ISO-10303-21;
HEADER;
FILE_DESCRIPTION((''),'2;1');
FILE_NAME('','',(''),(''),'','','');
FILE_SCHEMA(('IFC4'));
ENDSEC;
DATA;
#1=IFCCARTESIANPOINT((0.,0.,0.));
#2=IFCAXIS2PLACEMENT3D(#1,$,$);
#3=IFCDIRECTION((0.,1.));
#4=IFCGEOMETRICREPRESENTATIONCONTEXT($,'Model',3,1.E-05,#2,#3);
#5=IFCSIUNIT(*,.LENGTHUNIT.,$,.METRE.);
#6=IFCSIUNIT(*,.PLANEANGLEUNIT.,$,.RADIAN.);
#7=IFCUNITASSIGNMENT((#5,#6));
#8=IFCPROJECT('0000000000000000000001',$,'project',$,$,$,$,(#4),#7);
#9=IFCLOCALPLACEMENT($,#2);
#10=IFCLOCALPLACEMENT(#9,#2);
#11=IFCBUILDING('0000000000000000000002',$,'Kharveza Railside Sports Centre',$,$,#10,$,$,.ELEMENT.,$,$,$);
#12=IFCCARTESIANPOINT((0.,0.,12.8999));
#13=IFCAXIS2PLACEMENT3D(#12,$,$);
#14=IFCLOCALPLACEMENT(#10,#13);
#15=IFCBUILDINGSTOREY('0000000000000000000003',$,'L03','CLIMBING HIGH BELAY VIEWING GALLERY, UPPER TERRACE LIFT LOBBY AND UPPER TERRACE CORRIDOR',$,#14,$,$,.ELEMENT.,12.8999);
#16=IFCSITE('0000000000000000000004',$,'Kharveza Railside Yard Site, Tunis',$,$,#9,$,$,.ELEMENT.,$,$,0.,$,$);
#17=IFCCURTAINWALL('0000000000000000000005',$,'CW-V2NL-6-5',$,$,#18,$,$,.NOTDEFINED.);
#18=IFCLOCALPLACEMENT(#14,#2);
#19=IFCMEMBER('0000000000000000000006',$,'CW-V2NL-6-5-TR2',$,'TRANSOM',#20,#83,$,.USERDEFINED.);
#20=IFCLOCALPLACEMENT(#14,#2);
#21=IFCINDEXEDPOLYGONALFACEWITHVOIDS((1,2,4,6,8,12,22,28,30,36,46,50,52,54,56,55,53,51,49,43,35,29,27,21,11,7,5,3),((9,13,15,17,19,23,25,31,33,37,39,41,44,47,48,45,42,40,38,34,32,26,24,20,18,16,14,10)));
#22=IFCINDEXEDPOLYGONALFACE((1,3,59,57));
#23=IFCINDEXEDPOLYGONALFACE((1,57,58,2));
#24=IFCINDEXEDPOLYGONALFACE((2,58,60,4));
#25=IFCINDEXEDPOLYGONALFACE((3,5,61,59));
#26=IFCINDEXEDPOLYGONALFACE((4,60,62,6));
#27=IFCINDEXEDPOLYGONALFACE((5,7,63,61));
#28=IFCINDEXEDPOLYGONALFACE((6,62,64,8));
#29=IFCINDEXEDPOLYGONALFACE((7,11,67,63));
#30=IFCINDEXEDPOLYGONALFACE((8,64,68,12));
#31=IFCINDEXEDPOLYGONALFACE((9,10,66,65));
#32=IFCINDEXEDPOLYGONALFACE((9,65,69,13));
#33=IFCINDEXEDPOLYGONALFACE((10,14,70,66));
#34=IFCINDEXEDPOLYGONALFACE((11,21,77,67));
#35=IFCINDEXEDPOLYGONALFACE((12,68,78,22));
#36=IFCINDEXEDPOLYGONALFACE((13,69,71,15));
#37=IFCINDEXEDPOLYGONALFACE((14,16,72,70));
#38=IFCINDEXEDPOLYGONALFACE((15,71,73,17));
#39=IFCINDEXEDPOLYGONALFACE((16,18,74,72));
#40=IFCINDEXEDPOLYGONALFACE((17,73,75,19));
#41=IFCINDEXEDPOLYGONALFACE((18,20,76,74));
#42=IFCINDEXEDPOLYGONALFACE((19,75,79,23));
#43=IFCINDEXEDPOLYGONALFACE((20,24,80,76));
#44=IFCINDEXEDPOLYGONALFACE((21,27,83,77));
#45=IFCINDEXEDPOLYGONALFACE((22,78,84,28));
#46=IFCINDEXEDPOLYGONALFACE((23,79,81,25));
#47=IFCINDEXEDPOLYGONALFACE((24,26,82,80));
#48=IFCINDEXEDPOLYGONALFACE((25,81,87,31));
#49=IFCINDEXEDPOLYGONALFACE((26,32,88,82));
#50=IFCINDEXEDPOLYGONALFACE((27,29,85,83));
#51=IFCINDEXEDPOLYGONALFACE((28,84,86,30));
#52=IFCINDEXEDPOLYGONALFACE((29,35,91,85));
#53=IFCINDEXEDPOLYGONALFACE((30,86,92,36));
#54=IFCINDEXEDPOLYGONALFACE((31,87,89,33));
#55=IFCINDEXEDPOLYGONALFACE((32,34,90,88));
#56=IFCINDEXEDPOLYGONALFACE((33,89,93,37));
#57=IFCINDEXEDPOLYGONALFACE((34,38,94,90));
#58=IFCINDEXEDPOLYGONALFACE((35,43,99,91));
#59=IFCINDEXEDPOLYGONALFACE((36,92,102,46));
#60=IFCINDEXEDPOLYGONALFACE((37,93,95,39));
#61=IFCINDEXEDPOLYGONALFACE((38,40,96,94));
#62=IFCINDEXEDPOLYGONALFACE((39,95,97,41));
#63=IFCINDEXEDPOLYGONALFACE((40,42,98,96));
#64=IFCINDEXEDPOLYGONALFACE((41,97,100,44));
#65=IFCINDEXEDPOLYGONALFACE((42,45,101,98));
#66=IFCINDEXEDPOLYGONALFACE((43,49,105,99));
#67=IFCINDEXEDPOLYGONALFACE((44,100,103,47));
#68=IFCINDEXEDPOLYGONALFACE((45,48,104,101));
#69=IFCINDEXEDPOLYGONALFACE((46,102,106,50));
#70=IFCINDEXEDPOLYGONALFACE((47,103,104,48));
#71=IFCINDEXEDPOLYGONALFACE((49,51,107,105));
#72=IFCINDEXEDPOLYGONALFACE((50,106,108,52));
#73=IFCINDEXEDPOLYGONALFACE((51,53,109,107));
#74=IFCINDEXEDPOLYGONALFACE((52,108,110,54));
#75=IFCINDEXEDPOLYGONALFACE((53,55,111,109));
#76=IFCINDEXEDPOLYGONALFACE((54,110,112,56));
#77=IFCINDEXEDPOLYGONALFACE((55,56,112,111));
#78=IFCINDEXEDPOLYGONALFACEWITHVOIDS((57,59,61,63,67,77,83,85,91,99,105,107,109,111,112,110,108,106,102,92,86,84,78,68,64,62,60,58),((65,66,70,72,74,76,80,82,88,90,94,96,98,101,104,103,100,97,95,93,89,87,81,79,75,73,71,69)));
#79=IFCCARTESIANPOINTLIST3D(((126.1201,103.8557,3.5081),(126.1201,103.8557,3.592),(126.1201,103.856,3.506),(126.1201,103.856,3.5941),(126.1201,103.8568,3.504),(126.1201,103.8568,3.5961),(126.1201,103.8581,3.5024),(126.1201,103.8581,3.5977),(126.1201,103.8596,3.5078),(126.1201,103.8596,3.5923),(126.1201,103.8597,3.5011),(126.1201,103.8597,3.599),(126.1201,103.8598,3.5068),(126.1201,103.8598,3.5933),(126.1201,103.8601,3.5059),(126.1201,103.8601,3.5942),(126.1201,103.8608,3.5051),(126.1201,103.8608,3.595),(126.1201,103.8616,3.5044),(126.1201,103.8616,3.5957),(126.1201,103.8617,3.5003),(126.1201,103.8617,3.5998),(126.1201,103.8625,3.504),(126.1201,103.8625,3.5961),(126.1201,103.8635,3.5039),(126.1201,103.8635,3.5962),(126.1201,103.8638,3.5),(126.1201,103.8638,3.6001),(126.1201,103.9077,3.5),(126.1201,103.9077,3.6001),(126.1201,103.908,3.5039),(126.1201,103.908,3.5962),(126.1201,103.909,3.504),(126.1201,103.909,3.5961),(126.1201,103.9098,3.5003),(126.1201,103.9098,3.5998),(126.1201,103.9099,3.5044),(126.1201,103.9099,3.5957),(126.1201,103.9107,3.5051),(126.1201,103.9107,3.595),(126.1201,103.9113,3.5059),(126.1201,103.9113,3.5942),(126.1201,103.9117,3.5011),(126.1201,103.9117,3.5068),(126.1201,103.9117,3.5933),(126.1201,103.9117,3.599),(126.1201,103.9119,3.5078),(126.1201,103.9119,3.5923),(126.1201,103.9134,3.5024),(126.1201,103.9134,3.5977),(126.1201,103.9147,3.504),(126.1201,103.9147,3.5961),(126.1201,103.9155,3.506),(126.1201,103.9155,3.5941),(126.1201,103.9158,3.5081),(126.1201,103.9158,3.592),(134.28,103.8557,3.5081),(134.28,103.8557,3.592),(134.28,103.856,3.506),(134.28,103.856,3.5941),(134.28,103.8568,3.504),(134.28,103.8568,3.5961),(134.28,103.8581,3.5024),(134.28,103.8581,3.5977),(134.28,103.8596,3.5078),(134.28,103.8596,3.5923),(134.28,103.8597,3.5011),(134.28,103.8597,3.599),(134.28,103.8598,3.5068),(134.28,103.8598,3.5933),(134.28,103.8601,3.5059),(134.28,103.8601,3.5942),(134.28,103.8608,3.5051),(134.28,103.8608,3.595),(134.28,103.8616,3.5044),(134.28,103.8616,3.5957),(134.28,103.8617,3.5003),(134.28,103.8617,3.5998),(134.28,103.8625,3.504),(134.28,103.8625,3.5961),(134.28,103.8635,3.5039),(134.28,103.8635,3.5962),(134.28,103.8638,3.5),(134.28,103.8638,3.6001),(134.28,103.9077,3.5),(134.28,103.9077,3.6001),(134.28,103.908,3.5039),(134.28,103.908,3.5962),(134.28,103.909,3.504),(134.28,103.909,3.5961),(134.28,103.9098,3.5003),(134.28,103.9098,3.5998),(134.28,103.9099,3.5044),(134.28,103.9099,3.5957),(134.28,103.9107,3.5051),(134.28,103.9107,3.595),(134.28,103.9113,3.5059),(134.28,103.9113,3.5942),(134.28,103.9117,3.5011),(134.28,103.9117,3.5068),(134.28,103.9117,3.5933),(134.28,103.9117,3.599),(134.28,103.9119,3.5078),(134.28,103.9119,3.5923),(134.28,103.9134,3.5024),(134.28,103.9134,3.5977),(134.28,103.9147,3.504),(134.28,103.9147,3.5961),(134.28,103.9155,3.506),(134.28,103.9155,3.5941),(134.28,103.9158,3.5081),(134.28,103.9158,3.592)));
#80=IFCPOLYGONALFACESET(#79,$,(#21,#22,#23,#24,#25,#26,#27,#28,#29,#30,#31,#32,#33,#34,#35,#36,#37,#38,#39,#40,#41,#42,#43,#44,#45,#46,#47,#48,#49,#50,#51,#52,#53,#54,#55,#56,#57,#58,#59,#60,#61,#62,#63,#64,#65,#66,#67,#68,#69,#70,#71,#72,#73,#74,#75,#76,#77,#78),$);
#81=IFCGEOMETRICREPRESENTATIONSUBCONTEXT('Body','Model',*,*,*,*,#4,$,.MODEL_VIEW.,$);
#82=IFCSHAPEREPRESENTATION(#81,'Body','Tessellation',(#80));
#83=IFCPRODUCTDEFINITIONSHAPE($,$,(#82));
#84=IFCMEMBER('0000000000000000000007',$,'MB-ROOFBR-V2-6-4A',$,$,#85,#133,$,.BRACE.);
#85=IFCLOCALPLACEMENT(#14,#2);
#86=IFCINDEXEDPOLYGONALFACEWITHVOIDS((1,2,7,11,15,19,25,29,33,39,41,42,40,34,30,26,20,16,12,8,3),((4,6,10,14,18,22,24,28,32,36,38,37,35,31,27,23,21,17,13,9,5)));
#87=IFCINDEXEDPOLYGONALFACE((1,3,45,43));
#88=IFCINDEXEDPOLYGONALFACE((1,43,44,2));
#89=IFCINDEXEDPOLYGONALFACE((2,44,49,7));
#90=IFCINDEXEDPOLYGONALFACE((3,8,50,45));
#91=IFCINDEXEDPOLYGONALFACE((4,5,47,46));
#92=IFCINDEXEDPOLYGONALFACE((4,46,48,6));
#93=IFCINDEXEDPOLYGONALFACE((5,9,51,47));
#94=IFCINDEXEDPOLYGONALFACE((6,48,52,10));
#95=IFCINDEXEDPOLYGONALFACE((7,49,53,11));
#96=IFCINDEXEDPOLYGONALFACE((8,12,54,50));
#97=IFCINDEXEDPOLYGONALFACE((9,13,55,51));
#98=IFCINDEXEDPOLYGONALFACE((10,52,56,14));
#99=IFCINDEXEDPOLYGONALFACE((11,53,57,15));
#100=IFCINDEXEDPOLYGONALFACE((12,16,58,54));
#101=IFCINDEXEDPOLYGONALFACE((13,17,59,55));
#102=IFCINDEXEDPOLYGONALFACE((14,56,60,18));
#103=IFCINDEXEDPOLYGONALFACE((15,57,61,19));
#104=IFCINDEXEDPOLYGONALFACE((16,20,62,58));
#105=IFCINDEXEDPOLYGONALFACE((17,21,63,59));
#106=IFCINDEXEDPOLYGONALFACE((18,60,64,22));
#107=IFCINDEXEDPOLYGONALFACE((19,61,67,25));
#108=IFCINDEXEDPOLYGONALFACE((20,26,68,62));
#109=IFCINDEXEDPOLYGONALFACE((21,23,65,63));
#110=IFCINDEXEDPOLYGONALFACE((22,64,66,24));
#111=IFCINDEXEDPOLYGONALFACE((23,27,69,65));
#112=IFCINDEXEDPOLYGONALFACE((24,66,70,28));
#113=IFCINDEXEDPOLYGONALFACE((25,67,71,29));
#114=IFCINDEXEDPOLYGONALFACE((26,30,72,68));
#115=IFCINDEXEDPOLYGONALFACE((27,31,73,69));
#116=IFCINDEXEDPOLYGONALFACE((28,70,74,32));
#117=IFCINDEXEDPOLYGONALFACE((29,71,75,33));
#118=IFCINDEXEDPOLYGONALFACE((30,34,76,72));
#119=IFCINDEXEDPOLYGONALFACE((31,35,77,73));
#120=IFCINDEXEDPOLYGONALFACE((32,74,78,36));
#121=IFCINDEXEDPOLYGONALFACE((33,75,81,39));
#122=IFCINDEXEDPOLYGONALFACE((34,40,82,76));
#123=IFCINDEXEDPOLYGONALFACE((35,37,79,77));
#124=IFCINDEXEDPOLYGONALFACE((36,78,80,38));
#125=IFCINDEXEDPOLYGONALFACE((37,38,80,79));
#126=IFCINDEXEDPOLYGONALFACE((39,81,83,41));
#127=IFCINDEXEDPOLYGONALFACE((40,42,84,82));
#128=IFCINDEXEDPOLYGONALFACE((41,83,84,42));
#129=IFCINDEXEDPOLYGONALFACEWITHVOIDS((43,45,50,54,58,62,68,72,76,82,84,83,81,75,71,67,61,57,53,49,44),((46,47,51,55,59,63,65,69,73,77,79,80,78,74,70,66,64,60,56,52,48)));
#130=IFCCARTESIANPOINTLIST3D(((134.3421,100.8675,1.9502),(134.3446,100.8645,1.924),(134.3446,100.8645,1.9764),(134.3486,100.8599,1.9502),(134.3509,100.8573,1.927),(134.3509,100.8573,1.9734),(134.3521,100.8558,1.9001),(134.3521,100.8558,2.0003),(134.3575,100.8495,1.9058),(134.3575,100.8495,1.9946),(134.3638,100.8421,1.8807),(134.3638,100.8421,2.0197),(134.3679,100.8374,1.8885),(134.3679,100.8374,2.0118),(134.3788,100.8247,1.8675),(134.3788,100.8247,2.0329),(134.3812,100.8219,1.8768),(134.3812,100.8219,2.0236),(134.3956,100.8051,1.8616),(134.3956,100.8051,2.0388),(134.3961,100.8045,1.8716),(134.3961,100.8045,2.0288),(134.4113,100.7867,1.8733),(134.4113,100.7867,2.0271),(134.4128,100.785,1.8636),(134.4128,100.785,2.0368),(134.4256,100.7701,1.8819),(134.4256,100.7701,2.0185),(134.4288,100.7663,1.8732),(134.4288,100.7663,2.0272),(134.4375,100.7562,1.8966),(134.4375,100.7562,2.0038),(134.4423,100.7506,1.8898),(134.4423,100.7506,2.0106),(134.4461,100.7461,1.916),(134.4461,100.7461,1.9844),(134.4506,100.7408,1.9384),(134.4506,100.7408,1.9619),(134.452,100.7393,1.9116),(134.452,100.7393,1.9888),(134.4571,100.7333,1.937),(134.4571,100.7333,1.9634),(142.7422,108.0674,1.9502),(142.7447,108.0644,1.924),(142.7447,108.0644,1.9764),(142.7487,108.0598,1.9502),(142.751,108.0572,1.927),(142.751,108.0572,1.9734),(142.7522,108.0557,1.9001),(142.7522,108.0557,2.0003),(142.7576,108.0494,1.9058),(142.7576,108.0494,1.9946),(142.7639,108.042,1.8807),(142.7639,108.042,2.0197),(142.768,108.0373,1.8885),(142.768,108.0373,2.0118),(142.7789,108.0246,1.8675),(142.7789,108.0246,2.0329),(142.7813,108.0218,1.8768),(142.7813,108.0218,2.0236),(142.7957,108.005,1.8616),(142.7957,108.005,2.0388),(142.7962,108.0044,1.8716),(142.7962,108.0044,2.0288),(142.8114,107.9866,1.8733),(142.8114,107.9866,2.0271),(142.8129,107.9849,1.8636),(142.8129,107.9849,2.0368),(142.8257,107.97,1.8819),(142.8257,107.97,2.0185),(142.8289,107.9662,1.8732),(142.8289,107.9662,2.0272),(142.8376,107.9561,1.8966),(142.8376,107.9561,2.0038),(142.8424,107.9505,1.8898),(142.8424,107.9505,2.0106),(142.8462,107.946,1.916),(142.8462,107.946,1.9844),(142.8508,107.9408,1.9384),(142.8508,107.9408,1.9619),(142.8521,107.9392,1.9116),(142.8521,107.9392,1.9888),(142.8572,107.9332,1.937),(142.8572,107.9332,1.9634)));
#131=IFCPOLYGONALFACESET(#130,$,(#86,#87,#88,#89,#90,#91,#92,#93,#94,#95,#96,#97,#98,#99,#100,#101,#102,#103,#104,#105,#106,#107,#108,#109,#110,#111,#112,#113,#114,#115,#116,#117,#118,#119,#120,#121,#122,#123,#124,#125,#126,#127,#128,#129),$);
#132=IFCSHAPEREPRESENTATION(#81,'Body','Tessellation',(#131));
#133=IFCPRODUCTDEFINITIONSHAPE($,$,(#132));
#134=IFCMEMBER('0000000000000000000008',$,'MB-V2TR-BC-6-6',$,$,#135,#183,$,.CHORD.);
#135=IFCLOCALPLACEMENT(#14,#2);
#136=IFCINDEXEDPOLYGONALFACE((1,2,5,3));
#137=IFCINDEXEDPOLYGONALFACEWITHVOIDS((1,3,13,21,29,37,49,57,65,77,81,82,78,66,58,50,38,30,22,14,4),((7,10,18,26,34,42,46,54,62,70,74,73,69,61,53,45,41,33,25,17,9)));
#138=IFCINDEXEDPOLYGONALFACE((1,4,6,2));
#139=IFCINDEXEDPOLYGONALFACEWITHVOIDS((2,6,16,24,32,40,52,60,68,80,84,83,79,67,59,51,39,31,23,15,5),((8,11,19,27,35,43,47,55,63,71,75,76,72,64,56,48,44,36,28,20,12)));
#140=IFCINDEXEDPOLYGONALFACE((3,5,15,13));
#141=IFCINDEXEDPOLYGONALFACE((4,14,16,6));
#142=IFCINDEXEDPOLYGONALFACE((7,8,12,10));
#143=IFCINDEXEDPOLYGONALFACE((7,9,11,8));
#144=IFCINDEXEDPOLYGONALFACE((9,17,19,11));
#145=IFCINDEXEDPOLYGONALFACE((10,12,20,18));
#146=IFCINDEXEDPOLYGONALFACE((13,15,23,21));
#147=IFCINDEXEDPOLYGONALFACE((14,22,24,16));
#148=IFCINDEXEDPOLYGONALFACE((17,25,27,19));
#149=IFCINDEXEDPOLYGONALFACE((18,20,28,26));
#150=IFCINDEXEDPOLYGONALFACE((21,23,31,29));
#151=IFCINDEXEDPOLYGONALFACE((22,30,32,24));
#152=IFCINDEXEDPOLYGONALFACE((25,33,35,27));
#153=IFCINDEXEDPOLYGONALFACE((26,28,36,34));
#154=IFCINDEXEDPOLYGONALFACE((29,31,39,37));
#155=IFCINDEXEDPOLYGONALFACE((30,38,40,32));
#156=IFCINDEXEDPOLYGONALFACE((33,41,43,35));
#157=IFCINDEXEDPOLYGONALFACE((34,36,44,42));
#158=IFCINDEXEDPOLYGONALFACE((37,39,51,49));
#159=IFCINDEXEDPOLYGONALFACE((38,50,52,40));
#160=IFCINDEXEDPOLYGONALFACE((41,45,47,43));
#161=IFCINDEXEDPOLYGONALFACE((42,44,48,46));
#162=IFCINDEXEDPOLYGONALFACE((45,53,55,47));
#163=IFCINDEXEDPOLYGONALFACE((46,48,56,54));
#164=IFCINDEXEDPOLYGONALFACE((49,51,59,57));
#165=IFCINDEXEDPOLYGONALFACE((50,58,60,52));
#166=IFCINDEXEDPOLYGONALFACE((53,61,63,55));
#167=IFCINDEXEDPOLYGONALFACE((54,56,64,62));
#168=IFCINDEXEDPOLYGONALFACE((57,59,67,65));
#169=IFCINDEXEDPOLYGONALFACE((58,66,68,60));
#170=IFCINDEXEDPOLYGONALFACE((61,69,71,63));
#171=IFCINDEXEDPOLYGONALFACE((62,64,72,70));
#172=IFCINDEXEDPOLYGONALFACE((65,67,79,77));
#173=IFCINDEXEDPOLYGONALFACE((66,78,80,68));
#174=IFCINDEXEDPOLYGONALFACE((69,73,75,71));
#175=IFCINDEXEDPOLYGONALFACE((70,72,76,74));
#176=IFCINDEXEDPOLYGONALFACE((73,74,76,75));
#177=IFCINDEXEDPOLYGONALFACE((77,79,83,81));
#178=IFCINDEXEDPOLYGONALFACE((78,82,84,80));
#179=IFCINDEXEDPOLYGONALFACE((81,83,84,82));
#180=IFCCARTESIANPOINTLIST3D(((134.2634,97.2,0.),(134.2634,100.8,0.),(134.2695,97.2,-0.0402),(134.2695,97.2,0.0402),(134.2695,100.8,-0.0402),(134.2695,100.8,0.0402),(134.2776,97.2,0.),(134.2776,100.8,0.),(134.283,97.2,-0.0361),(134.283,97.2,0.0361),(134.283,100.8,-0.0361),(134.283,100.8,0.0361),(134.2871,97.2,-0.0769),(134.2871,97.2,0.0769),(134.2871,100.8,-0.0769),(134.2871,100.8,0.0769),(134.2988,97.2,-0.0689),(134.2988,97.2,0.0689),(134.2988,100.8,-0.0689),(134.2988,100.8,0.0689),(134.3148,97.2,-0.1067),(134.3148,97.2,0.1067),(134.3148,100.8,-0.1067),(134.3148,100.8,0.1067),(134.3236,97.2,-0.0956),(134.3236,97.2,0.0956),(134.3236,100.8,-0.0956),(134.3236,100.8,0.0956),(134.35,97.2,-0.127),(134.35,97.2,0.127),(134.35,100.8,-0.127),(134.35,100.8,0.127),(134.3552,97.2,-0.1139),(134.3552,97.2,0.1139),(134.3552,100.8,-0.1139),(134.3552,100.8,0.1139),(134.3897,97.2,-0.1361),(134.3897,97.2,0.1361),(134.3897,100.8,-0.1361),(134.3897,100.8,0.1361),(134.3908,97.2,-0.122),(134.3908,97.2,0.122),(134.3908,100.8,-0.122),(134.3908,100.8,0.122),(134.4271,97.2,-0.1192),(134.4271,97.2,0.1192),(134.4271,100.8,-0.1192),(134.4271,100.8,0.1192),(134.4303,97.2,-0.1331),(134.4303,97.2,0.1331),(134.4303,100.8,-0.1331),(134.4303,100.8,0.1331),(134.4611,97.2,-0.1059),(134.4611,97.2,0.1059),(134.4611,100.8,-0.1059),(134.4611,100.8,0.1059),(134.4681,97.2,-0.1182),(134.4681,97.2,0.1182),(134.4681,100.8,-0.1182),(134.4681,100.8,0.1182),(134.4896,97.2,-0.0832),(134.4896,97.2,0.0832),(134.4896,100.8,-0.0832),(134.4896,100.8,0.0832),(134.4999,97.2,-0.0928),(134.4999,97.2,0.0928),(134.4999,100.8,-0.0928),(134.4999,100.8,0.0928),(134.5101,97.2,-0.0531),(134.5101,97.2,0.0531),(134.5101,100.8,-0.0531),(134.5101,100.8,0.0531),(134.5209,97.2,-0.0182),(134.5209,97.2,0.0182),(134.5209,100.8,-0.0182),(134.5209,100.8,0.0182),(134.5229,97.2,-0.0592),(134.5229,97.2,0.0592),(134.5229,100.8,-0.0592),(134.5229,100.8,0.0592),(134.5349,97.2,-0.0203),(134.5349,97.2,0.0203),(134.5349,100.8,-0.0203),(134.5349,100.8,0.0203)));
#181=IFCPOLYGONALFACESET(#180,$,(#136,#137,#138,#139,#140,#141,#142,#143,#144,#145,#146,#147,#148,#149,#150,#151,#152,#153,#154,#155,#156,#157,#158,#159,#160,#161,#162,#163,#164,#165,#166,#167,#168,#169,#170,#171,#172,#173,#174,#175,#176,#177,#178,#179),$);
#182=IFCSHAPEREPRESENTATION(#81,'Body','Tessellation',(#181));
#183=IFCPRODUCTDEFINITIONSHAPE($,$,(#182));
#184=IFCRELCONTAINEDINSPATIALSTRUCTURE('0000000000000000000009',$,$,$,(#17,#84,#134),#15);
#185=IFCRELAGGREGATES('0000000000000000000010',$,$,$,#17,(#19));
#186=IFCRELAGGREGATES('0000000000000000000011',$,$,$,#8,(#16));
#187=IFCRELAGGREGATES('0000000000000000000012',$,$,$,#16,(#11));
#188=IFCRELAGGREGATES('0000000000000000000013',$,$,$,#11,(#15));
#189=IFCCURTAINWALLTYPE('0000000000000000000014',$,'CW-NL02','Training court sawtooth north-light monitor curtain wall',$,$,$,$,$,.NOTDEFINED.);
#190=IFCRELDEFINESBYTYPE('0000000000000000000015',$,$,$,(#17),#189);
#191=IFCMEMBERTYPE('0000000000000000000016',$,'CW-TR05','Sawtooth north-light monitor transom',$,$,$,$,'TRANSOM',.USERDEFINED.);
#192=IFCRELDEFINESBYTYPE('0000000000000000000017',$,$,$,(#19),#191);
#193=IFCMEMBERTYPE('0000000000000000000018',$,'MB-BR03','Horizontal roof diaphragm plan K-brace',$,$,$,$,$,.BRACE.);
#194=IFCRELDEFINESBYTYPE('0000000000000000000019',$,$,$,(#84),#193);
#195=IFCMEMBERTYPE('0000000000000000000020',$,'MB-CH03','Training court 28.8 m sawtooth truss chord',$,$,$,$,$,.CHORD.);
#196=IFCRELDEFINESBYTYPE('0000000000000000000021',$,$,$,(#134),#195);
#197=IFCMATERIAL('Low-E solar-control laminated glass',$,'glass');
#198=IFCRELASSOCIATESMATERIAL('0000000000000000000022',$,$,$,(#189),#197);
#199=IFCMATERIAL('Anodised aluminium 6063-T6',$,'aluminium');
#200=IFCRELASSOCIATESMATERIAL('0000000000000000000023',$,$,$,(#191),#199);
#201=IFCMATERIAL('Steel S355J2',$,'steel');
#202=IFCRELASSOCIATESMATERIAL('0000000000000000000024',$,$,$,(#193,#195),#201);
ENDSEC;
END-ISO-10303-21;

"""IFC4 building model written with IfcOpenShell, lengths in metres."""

from ifc_helpers import new_model, si_unit, direction, frame, origin, origin_2d, place, context, subcontext, project, spatial, hollow_rectangle, hollow_circle, extrude, material, material_profile, profile_set, type_object, element, aggregate, save


model = new_model("IFC4")

# Units and contexts
model_context = context("Model", 3, precision=1e-05, world=origin(), true_north=direction((0.0, 1.0)))
body_context = subcontext(model_context, "Body", "Model", "MODEL_VIEW")
ifc_project = project(units=[si_unit("LENGTHUNIT", "METRE"), si_unit("PLANEANGLEUNIT", "RADIAN")], contexts=[model_context])

# Site, building, storey
site_placement = place(None, origin())
site = spatial("IfcSite", under=ifc_project, at=site_placement, Name="Kharveza Railside Yard Site, Tunis", CompositionType="ELEMENT", RefElevation=0.0)
building_placement = place(site_placement, origin())
building = spatial("IfcBuilding", under=site, at=building_placement, Name="Kharveza Railside Sports Centre", CompositionType="ELEMENT")
storey_placement = place(building_placement, frame((0.0, 0.0, 12.8999)))
storey = spatial("IfcBuildingStorey", under=building, at=storey_placement, Name="L03", Description="CLIMBING HIGH BELAY VIEWING GALLERY, UPPER TERRACE LIFT LOBBY AND UPPER TERRACE CORRIDOR", CompositionType="ELEMENT", Elevation=12.8999)

# Shared definitions
ifc_material_1 = material(Name="Steel S355J2", Category="steel")

# Shared definitions
ifc_material_2 = material(Name="Low-E solar-control laminated glass", Category="glass")
curtain_wall_type = type_object("IfcCurtainWallType", Name="CW-NL02", Description="Training court sawtooth north-light monitor curtain wall", PredefinedType="NOTDEFINED", material=ifc_material_2)
ifc_material_3 = material(Name="Anodised aluminium 6063-T6", Category="aluminium")

# Curtain wall
curtain_wall_1_placement = place(storey_placement, origin())
curtain_wall_1 = element("IfcCurtainWall", 1, at=curtain_wall_1_placement, inside=storey, type_object=curtain_wall_type, Name="CW-V2NL-6-5", PredefinedType="NOTDEFINED")

# Member
ifc_material_profile_1 = material_profile(ifc_material_3, hollow_rectangle(XDim=0.0601, YDim=0.1001, WallThickness=0.0039, InnerFilletRadius=0.0039, OuterFilletRadius=0.0081, at=origin_2d()), Name="RHS 60x100x4.0")
ifc_profile_set_1 = profile_set([ifc_material_profile_1], Name="Anodised aluminium 6063-T6")
member_type_1 = type_object("IfcMemberType", Name="CW-TR05", Description="Sawtooth north-light monitor transom", ElementType="TRANSOM", PredefinedType="USERDEFINED", material=ifc_profile_set_1)
member_1_placement = place(storey_placement, frame((126.1201, 103.8857, 3.55), z_axis=(1.0, 0.0, 0.0), x_axis=(0.0, 1.0, 0.0)))
member_1 = element("IfcMember", 2, at=member_1_placement, type_object=member_type_1, Name="CW-V2NL-6-5-TR2", ObjectType="TRANSOM", PredefinedType="USERDEFINED", context=body_context, shape_type="SweptSolid", body=[
    extrude(hollow_rectangle(XDim=0.0601, YDim=0.1001, WallThickness=0.0039, InnerFilletRadius=0.0039, OuterFilletRadius=0.0081, at=origin_2d()), origin(), (0.0, 0.0, 1.0), 8.1599),
])
aggregate(curtain_wall_1, [member_1])

# Members
ifc_material_profile_2 = material_profile(ifc_material_1, hollow_circle(Radius=0.0889, WallThickness=0.01, at=origin_2d()), Name="CHS 177.8x10.0")
ifc_profile_set_2 = profile_set([ifc_material_profile_2], Name="Steel S355J2")
member_type_2 = type_object("IfcMemberType", Name="MB-BR03", Description="Horizontal roof diaphragm plan K-brace", PredefinedType="BRACE", material=ifc_profile_set_2)
member_2_placement = place(storey_placement, frame((134.3999, 100.8, 1.9502), z_axis=(0.759264, 0.650782, 0.0), x_axis=(-0.650782, 0.759264, 0.0)))
element("IfcMember", 3, at=member_2_placement, inside=storey, type_object=member_type_2, Name="MB-ROOFBR-V2-6-4A", PredefinedType="BRACE", context=body_context, shape_type="SweptSolid", body=[
    extrude(hollow_circle(Radius=0.0889, WallThickness=0.01, at=origin_2d()), origin(), (0.0, 0.0, 1.0), 11.0635),
])
ifc_material_profile_3 = material_profile(ifc_material_1, hollow_circle(Radius=0.1365, WallThickness=0.0142, at=origin_2d()), Name="CHS 273.0x14.2")
ifc_profile_set_3 = profile_set([ifc_material_profile_3], Name="Steel S355J2")
member_type_3 = type_object("IfcMemberType", Name="MB-CH03", Description="Training court 28.8 m sawtooth truss chord", PredefinedType="CHORD", material=ifc_profile_set_3)
for number, where, z_axis, x_axis, name in (
    (4, (134.3999, 97.2, 0.0), (0.0, 1.0, 0.0), (-1.0, 0.0, 0.0), "MB-V2TR-BC-6-6"),
):
    element("IfcMember", number, at=place(storey_placement, frame(where, z_axis=z_axis, x_axis=x_axis)), inside=storey, type_object=member_type_3, Name=name, PredefinedType="CHORD", context=body_context, shape_type="SweptSolid", body=[
        extrude(hollow_circle(Radius=0.1365, WallThickness=0.0142, at=origin_2d()), origin(), (0.0, 0.0, 1.0), 3.6001),
    ])

save(model, "model.ifc")
